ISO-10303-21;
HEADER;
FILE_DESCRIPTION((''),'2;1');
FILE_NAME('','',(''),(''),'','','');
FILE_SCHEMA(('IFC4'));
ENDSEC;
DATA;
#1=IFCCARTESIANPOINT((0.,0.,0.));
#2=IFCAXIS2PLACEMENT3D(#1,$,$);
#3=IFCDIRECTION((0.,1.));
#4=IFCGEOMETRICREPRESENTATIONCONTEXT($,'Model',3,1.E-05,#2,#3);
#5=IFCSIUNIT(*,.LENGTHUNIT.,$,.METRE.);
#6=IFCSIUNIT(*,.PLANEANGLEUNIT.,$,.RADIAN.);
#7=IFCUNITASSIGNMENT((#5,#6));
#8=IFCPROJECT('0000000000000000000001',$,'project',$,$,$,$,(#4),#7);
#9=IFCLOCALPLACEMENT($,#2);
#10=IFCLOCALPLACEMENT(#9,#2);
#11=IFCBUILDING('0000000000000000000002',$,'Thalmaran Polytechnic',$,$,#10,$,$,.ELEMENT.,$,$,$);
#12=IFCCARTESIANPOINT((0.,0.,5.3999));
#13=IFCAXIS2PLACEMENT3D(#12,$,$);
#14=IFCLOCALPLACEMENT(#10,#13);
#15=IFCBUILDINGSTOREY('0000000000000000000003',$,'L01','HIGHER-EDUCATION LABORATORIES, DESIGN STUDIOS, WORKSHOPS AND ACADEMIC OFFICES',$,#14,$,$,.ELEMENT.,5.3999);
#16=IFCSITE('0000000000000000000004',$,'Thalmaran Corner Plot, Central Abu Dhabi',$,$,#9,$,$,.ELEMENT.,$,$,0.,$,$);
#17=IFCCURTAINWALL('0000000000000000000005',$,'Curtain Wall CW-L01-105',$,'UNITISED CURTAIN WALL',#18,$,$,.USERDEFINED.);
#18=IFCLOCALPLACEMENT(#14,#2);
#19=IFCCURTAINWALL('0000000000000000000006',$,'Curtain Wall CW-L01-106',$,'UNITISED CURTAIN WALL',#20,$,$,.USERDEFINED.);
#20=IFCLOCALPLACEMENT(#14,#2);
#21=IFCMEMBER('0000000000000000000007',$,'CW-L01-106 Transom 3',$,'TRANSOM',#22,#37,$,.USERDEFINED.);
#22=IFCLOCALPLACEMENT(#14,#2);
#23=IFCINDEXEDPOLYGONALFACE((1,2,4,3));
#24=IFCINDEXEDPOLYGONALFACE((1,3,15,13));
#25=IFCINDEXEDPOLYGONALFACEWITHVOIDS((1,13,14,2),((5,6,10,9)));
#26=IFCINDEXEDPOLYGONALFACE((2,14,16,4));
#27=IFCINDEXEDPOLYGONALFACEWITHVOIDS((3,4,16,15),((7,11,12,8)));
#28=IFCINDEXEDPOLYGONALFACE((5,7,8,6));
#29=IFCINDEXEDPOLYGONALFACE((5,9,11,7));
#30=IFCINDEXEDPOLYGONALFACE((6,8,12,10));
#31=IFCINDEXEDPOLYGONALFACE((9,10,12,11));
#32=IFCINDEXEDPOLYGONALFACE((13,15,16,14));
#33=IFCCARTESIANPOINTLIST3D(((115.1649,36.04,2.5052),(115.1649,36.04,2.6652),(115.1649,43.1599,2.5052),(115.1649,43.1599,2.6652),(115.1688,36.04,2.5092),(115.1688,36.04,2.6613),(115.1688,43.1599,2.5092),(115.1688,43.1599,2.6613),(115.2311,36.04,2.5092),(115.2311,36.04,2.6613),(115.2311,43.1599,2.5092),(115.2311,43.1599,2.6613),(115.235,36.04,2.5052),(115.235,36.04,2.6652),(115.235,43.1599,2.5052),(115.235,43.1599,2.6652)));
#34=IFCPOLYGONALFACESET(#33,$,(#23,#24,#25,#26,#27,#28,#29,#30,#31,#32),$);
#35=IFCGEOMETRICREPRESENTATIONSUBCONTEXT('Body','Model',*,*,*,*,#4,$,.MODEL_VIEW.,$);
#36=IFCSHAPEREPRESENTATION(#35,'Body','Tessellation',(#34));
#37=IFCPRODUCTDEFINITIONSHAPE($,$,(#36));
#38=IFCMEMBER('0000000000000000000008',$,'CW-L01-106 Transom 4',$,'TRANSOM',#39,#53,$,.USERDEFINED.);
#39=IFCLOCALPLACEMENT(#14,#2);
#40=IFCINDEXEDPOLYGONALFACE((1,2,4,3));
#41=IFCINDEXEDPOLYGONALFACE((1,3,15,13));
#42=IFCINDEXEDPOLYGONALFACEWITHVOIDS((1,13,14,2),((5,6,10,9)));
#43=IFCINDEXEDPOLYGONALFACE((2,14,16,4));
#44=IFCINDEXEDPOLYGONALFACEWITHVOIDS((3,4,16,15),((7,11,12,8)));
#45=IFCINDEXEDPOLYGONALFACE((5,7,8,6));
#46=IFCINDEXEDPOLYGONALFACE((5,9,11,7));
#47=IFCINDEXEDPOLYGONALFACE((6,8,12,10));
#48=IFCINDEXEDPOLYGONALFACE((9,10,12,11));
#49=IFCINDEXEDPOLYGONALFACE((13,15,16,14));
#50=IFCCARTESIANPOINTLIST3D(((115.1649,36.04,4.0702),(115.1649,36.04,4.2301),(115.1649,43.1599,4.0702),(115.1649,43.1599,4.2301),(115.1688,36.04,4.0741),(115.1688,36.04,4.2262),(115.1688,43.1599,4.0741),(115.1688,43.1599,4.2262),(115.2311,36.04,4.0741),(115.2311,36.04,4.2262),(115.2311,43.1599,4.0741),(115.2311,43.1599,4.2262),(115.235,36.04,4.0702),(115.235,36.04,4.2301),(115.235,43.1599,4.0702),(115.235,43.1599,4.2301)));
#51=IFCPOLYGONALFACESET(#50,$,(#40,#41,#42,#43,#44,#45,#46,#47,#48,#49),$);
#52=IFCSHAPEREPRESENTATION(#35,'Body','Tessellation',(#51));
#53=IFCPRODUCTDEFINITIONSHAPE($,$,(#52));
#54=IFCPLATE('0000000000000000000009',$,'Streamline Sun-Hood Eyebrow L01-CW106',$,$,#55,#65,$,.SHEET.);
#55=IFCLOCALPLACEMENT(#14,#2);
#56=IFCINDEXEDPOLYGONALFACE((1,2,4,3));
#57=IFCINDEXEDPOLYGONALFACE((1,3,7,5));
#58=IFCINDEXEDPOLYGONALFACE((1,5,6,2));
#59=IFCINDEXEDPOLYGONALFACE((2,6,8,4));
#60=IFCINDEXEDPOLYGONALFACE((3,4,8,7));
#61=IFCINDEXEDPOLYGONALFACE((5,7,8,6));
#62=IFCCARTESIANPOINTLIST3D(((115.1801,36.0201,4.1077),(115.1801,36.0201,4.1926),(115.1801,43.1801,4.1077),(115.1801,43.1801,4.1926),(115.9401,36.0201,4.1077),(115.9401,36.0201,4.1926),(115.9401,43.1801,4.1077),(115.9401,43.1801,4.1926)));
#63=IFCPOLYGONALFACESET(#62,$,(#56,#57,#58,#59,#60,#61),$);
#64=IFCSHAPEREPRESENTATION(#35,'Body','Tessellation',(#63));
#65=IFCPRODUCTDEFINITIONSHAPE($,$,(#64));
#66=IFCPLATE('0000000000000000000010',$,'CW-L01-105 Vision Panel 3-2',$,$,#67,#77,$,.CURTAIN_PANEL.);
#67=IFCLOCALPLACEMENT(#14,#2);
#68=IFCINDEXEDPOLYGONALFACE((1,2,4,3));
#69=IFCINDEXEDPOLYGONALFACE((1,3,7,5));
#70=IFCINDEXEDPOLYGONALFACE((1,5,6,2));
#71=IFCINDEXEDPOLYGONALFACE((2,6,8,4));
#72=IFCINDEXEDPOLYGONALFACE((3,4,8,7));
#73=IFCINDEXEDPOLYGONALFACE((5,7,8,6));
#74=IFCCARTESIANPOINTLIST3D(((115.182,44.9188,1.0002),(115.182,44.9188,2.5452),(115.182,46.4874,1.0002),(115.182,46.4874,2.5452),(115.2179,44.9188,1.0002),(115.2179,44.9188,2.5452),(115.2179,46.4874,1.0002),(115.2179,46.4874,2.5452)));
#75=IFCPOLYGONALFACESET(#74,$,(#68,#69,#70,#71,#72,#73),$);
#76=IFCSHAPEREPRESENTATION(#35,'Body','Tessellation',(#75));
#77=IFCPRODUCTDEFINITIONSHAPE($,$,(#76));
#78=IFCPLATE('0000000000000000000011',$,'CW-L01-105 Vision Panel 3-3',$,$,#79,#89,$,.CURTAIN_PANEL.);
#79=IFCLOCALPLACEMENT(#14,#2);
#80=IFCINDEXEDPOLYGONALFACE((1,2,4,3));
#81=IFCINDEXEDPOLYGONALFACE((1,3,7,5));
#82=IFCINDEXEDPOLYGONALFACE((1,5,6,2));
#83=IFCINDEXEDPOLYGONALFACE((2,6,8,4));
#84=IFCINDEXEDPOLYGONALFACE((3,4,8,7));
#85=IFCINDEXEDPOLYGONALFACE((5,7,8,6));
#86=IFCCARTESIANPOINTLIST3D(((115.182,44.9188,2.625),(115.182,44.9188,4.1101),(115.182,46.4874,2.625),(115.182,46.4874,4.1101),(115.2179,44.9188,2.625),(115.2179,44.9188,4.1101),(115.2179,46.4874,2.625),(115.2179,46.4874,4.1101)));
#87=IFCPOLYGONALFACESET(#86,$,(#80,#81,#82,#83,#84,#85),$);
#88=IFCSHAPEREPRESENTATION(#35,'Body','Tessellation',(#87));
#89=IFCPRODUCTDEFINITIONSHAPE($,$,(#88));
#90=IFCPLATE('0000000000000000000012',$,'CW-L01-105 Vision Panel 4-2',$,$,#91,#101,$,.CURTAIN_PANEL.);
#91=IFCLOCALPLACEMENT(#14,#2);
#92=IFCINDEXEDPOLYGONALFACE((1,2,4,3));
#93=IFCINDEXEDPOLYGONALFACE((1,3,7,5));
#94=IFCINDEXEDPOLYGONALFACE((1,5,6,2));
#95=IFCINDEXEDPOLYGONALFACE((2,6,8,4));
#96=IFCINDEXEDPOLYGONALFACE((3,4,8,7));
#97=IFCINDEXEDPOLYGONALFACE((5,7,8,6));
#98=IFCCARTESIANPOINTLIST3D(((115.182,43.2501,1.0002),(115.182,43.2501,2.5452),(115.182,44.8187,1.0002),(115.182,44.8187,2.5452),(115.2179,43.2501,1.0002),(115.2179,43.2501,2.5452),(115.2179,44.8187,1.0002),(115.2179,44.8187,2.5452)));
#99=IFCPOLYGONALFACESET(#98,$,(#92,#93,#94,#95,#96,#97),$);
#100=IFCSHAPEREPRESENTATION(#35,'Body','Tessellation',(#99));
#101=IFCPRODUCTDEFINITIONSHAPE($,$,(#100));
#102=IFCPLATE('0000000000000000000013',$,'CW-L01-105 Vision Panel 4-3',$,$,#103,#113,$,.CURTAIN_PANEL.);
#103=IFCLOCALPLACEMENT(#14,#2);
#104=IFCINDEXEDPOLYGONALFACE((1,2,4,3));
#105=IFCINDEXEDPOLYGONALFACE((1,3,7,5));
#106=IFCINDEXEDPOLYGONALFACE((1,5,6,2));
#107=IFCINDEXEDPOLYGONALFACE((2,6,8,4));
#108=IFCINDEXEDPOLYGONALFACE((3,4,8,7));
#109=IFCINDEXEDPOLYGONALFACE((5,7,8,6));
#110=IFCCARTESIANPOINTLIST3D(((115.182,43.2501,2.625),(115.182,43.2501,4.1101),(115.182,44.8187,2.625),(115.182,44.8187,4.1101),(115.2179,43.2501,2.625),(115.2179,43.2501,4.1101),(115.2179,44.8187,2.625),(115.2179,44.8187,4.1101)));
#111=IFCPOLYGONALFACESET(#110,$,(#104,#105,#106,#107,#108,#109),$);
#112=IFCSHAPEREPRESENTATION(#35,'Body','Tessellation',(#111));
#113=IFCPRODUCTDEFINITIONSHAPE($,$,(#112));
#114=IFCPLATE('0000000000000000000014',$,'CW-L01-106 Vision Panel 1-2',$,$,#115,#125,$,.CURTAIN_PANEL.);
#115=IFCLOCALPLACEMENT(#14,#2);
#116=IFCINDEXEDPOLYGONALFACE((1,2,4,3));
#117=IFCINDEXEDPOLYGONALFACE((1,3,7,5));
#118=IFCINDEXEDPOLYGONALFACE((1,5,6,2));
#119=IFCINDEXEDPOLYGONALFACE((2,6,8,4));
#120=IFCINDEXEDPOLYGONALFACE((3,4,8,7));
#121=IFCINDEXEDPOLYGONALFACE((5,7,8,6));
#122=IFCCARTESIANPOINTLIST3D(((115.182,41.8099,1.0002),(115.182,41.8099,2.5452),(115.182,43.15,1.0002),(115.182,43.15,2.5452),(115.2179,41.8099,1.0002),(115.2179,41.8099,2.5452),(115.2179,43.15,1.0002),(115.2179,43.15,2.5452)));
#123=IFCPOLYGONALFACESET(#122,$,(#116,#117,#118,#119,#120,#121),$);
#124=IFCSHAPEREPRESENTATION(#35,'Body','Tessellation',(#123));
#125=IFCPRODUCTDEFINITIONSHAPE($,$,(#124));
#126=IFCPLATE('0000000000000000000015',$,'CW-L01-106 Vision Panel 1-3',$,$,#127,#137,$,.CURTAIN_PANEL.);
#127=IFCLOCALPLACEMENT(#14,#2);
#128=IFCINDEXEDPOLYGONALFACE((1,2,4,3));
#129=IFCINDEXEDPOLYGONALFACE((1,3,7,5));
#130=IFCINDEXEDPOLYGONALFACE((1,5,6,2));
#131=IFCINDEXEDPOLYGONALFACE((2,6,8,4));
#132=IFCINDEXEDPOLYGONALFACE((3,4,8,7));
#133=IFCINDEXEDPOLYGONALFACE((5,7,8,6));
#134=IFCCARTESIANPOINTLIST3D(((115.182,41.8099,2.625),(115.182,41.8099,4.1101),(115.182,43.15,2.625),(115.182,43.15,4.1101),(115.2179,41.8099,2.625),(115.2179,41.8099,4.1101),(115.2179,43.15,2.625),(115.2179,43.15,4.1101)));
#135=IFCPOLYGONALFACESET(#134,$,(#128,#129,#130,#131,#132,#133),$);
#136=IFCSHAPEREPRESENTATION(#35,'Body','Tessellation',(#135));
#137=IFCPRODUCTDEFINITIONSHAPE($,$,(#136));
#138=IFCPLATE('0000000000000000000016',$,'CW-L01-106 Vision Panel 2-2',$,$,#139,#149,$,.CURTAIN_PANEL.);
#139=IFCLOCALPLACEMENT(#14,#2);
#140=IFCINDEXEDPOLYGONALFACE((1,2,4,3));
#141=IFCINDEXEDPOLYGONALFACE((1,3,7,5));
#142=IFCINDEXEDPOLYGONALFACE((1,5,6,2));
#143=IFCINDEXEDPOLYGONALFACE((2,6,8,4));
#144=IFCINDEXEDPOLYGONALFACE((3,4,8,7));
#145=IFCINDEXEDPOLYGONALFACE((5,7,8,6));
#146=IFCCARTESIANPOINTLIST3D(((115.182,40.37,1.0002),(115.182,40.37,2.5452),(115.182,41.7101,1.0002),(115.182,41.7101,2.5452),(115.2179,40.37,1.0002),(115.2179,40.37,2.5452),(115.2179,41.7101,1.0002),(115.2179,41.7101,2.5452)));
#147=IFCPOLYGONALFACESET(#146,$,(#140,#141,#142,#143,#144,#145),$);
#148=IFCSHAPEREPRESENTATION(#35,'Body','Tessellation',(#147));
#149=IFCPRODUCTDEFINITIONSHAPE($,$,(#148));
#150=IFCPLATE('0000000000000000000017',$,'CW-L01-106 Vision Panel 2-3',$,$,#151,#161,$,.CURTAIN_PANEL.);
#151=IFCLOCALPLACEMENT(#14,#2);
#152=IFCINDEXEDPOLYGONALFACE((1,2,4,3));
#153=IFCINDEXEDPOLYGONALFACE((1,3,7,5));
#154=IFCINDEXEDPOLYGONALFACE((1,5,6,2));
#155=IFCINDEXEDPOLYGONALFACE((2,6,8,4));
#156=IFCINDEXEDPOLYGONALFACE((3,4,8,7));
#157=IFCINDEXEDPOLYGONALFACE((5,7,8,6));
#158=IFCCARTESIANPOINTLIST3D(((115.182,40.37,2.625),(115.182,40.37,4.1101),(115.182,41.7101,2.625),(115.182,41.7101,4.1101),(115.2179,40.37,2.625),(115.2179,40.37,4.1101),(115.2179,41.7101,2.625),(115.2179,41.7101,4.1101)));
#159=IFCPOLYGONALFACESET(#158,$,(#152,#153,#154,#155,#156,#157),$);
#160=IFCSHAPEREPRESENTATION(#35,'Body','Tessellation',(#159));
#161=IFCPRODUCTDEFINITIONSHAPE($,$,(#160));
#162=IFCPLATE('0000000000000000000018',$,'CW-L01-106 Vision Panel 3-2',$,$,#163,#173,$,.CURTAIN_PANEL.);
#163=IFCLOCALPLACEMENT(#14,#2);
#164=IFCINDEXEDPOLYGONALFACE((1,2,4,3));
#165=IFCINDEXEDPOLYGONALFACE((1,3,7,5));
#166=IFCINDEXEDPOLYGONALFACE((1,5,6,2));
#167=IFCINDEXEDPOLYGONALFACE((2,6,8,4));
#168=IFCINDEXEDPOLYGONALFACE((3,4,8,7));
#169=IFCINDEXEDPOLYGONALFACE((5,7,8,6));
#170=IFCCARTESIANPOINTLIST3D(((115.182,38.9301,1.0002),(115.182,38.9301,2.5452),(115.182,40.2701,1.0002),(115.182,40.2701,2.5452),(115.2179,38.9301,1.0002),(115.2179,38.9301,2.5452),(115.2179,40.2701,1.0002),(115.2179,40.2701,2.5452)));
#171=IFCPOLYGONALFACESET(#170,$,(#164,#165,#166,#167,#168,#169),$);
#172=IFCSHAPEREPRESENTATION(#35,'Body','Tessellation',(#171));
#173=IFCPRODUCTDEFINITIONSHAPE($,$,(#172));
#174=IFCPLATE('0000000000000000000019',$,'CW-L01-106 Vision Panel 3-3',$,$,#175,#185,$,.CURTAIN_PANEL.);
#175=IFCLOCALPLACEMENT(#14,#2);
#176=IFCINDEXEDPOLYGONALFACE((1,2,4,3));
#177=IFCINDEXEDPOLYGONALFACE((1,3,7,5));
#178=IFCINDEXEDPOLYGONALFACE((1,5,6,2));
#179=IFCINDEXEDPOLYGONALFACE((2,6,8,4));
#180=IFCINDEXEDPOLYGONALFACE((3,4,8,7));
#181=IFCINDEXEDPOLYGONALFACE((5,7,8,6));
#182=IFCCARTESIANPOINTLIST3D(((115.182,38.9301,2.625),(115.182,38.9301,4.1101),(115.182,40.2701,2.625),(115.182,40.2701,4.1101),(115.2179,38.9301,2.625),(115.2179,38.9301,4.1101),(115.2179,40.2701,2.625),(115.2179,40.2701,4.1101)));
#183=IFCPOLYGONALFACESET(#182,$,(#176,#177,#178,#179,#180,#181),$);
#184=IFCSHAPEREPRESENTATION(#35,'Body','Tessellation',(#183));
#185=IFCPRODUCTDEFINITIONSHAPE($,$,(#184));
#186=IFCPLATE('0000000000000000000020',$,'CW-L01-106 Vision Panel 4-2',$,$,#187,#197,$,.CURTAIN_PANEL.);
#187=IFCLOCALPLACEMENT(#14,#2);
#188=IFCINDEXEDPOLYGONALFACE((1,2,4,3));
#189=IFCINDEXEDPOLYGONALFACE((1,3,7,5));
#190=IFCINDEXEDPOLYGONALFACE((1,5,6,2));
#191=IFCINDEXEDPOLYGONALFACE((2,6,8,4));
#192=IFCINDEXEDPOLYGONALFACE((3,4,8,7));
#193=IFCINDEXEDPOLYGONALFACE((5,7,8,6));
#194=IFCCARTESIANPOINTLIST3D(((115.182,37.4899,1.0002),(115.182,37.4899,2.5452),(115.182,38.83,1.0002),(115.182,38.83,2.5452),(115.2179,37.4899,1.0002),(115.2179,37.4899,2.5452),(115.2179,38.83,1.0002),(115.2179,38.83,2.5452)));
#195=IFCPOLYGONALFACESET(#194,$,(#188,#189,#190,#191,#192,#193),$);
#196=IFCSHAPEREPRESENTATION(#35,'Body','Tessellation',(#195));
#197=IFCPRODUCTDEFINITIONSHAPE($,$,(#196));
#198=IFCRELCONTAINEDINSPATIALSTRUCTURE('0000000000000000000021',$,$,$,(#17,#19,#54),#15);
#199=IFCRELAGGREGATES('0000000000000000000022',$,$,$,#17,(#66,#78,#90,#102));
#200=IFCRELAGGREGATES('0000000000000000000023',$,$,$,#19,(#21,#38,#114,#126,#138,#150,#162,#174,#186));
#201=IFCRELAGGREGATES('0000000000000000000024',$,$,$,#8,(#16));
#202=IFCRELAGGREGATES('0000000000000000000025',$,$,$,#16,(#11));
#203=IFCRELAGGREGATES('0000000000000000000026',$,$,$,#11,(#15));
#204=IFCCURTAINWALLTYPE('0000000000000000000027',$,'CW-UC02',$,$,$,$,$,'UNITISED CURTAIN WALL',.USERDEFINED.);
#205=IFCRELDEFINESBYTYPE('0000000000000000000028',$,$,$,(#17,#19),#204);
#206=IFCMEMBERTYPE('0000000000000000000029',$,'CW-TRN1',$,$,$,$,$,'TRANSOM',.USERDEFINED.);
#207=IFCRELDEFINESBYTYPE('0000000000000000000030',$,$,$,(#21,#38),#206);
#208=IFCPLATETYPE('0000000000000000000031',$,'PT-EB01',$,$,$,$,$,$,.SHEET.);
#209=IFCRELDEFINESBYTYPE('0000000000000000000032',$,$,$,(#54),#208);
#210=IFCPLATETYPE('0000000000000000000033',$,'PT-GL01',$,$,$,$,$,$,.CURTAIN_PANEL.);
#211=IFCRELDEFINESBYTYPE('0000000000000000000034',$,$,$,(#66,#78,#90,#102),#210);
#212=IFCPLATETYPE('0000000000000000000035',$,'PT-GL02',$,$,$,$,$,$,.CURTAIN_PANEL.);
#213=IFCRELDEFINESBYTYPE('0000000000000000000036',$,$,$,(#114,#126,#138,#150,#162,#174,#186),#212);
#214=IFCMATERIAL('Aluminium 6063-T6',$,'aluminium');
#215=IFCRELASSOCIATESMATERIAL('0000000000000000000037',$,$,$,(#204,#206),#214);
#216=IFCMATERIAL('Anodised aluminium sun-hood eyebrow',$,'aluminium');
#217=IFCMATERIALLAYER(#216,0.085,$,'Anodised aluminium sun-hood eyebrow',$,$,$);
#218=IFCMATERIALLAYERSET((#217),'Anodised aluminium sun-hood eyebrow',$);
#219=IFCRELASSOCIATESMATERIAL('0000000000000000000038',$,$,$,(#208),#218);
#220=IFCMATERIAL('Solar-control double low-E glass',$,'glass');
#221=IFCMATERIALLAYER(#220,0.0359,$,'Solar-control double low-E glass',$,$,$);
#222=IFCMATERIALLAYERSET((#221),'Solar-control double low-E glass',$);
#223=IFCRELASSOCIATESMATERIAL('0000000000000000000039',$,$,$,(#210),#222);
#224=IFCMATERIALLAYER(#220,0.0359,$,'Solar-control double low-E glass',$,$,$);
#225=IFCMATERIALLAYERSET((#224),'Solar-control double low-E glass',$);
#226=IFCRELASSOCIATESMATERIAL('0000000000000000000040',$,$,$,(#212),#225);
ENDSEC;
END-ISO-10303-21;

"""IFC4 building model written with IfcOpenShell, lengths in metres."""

from ifc_helpers import new_model, si_unit, direction, frame, origin, origin_2d, place, context, subcontext, project, spatial, rectangle, hollow_rectangle, extrude, material, layer, layer_set, material_profile, profile_set, type_object, element, aggregate, save


model = new_model("IFC4")

# Units and contexts
model_context = context("Model", 3, precision=1e-05, world=origin(), true_north=direction((0.0, 1.0)))
body_context = subcontext(model_context, "Body", "Model", "MODEL_VIEW")
ifc_project = project(units=[si_unit("LENGTHUNIT", "METRE"), si_unit("PLANEANGLEUNIT", "RADIAN")], contexts=[model_context])

# Site, building, storey
site_placement = place(None, origin())
site = spatial("IfcSite", under=ifc_project, at=site_placement, Name="Thalmaran Corner Plot, Central Abu Dhabi", CompositionType="ELEMENT", RefElevation=0.0)
building_placement = place(site_placement, origin())
building = spatial("IfcBuilding", under=site, at=building_placement, Name="Thalmaran Polytechnic", CompositionType="ELEMENT")
storey_placement = place(building_placement, frame((0.0, 0.0, 5.3999)))
storey = spatial("IfcBuildingStorey", under=building, at=storey_placement, Name="L01", Description="HIGHER-EDUCATION LABORATORIES, DESIGN STUDIOS, WORKSHOPS AND ACADEMIC OFFICES", CompositionType="ELEMENT", Elevation=5.3999)

# Curtain walls, members
ifc_material_1 = material(Name="Aluminium 6063-T6", Category="aluminium")
curtain_wall_type = type_object("IfcCurtainWallType", Name="CW-UC02", ElementType="UNITISED CURTAIN WALL", PredefinedType="USERDEFINED", material=ifc_material_1)
curtain_wall_1_placement = place(storey_placement, origin())
curtain_wall_1 = element("IfcCurtainWall", 1, at=curtain_wall_1_placement, inside=storey, type_object=curtain_wall_type, Name="Curtain Wall CW-L01-105", ObjectType="UNITISED CURTAIN WALL", PredefinedType="USERDEFINED")
curtain_wall_2_placement = place(storey_placement, origin())
curtain_wall_2 = element("IfcCurtainWall", 2, at=curtain_wall_2_placement, inside=storey, type_object=curtain_wall_type, Name="Curtain Wall CW-L01-106", ObjectType="UNITISED CURTAIN WALL", PredefinedType="USERDEFINED")
ifc_material_profile_1 = material_profile(ifc_material_1, hollow_rectangle(XDim=0.0701, YDim=0.1599, WallThickness=0.0039, at=origin_2d()), Name="AL 160x70x4.0")
ifc_profile_set_1 = profile_set([ifc_material_profile_1], Name="Aluminium 6063-T6")
member_type_1 = type_object("IfcMemberType", Name="CW-TRN1", ElementType="TRANSOM", PredefinedType="USERDEFINED", material=ifc_profile_set_1)
member_1_placement = place(storey_placement, frame((115.2, 43.1599, 2.5852), z_axis=(0.0, -1.0, 0.0), x_axis=(1.0, 0.0, 0.0)))
member_1 = element("IfcMember", 3, at=member_1_placement, type_object=member_type_1, Name="CW-L01-106 Transom 3", ObjectType="TRANSOM", PredefinedType="USERDEFINED", context=body_context, shape_type="SweptSolid", body=[
    extrude(hollow_rectangle(XDim=0.0701, YDim=0.1599, WallThickness=0.0039, at=origin_2d()), origin(), (0.0, 0.0, 1.0), 7.1199),
])
member_2_placement = place(storey_placement, frame((115.2, 43.1599, 4.1501), z_axis=(0.0, -1.0, 0.0), x_axis=(1.0, 0.0, 0.0)))
member_2 = element("IfcMember", 4, at=member_2_placement, type_object=member_type_1, Name="CW-L01-106 Transom 4", ObjectType="TRANSOM", PredefinedType="USERDEFINED", context=body_context, shape_type="SweptSolid", body=[
    extrude(hollow_rectangle(XDim=0.0701, YDim=0.1599, WallThickness=0.0039, at=origin_2d()), origin(), (0.0, 0.0, 1.0), 7.1199),
])

# Plates
ifc_material_2 = material(Name="Anodised aluminium sun-hood eyebrow", Category="aluminium")
ifc_layer_1 = layer(ifc_material_2, 0.085, Name="Anodised aluminium sun-hood eyebrow")
ifc_layer_set_1 = layer_set([ifc_layer_1], Name="Anodised aluminium sun-hood eyebrow")
plate_type_1 = type_object("IfcPlateType", Name="PT-EB01", PredefinedType="SHEET", material=ifc_layer_set_1)
plate_1_placement = place(storey_placement, frame((115.5601, 39.6001, 4.1077), z_axis=(0.0, 0.0, 1.0), x_axis=(0.0, -1.0, 0.0)))
element("IfcPlate", 5, at=plate_1_placement, inside=storey, type_object=plate_type_1, Name="Streamline Sun-Hood Eyebrow L01-CW106", PredefinedType="SHEET", context=body_context, shape_type="SweptSolid", body=[
    extrude(rectangle(XDim=7.1599, YDim=0.76, at=origin_2d()), origin(), (0.0, 0.0, 1.0), 0.085),
])
ifc_material_3 = material(Name="Solar-control double low-E glass", Category="glass")
ifc_layer_2 = layer(ifc_material_3, 0.0359, Name="Solar-control double low-E glass")
ifc_layer_set_2 = layer_set([ifc_layer_2], Name="Solar-control double low-E glass")
plate_type_2 = type_object("IfcPlateType", Name="PT-GL01", PredefinedType="CURTAIN_PANEL", material=ifc_layer_set_2)
plate_2_placement = place(storey_placement, frame((115.2, 45.7031, 1.0002), z_axis=(0.0, 0.0, 1.0), x_axis=(0.0, -1.0, 0.0)))
plate_2 = element("IfcPlate", 6, at=plate_2_placement, type_object=plate_type_2, Name="CW-L01-105 Vision Panel 3-2", PredefinedType="CURTAIN_PANEL", context=body_context, shape_type="SweptSolid", body=[
    extrude(rectangle(XDim=1.5686, YDim=0.0359, at=origin_2d()), origin(), (0.0, 0.0, 1.0), 1.5449),
])
plate_3_placement = place(storey_placement, frame((115.2, 45.7031, 2.625), z_axis=(0.0, 0.0, 1.0), x_axis=(0.0, -1.0, 0.0)))
plate_3 = element("IfcPlate", 7, at=plate_3_placement, type_object=plate_type_2, Name="CW-L01-105 Vision Panel 3-3", PredefinedType="CURTAIN_PANEL", context=body_context, shape_type="SweptSolid", body=[
    extrude(rectangle(XDim=1.5686, YDim=0.0359, at=origin_2d()), origin(), (0.0, 0.0, 1.0), 1.4851),
])
plate_4_placement = place(storey_placement, frame((115.2, 44.0344, 1.0002), z_axis=(0.0, 0.0, 1.0), x_axis=(0.0, -1.0, 0.0)))
plate_4 = element("IfcPlate", 8, at=plate_4_placement, type_object=plate_type_2, Name="CW-L01-105 Vision Panel 4-2", PredefinedType="CURTAIN_PANEL", context=body_context, shape_type="SweptSolid", body=[
    extrude(rectangle(XDim=1.5686, YDim=0.0359, at=origin_2d()), origin(), (0.0, 0.0, 1.0), 1.5449),
])
plate_5_placement = place(storey_placement, frame((115.2, 44.0344, 2.625), z_axis=(0.0, 0.0, 1.0), x_axis=(0.0, -1.0, 0.0)))
plate_5 = element("IfcPlate", 9, at=plate_5_placement, type_object=plate_type_2, Name="CW-L01-105 Vision Panel 4-3", PredefinedType="CURTAIN_PANEL", context=body_context, shape_type="SweptSolid", body=[
    extrude(rectangle(XDim=1.5686, YDim=0.0359, at=origin_2d()), origin(), (0.0, 0.0, 1.0), 1.4851),
])
ifc_layer_3 = layer(ifc_material_3, 0.0359, Name="Solar-control double low-E glass")
ifc_layer_set_3 = layer_set([ifc_layer_3], Name="Solar-control double low-E glass")
plate_type_3 = type_object("IfcPlateType", Name="PT-GL02", PredefinedType="CURTAIN_PANEL", material=ifc_layer_set_3)
plate_6_placement = place(storey_placement, frame((115.2, 42.48, 1.0002), z_axis=(0.0, 0.0, 1.0), x_axis=(0.0, -1.0, 0.0)))
plate_6 = element("IfcPlate", 10, at=plate_6_placement, type_object=plate_type_3, Name="CW-L01-106 Vision Panel 1-2", PredefinedType="CURTAIN_PANEL", context=body_context, shape_type="SweptSolid", body=[
    extrude(rectangle(XDim=1.3401, YDim=0.0359, at=origin_2d()), origin(), (0.0, 0.0, 1.0), 1.5449),
])
plate_7_placement = place(storey_placement, frame((115.2, 42.48, 2.625), z_axis=(0.0, 0.0, 1.0), x_axis=(0.0, -1.0, 0.0)))
plate_7 = element("IfcPlate", 11, at=plate_7_placement, type_object=plate_type_3, Name="CW-L01-106 Vision Panel 1-3", PredefinedType="CURTAIN_PANEL", context=body_context, shape_type="SweptSolid", body=[
    extrude(rectangle(XDim=1.3401, YDim=0.0359, at=origin_2d()), origin(), (0.0, 0.0, 1.0), 1.4851),
])
plate_8_placement = place(storey_placement, frame((115.2, 41.04, 1.0002), z_axis=(0.0, 0.0, 1.0), x_axis=(0.0, -1.0, 0.0)))
plate_8 = element("IfcPlate", 12, at=plate_8_placement, type_object=plate_type_3, Name="CW-L01-106 Vision Panel 2-2", PredefinedType="CURTAIN_PANEL", context=body_context, shape_type="SweptSolid", body=[
    extrude(rectangle(XDim=1.3401, YDim=0.0359, at=origin_2d()), origin(), (0.0, 0.0, 1.0), 1.5449),
])
plate_9_placement = place(storey_placement, frame((115.2, 41.04, 2.625), z_axis=(0.0, 0.0, 1.0), x_axis=(0.0, -1.0, 0.0)))
plate_9 = element("IfcPlate", 13, at=plate_9_placement, type_object=plate_type_3, Name="CW-L01-106 Vision Panel 2-3", PredefinedType="CURTAIN_PANEL", context=body_context, shape_type="SweptSolid", body=[
    extrude(rectangle(XDim=1.3401, YDim=0.0359, at=origin_2d()), origin(), (0.0, 0.0, 1.0), 1.4851),
])
plate_10_placement = place(storey_placement, frame((115.2, 39.6001, 1.0002), z_axis=(0.0, 0.0, 1.0), x_axis=(0.0, -1.0, 0.0)))
plate_10 = element("IfcPlate", 14, at=plate_10_placement, type_object=plate_type_3, Name="CW-L01-106 Vision Panel 3-2", PredefinedType="CURTAIN_PANEL", context=body_context, shape_type="SweptSolid", body=[
    extrude(rectangle(XDim=1.3401, YDim=0.0359, at=origin_2d()), origin(), (0.0, 0.0, 1.0), 1.5449),
])
plate_11_placement = place(storey_placement, frame((115.2, 39.6001, 2.625), z_axis=(0.0, 0.0, 1.0), x_axis=(0.0, -1.0, 0.0)))
plate_11 = element("IfcPlate", 15, at=plate_11_placement, type_object=plate_type_3, Name="CW-L01-106 Vision Panel 3-3", PredefinedType="CURTAIN_PANEL", context=body_context, shape_type="SweptSolid", body=[
    extrude(rectangle(XDim=1.3401, YDim=0.0359, at=origin_2d()), origin(), (0.0, 0.0, 1.0), 1.4851),
])
plate_12_placement = place(storey_placement, frame((115.2, 38.1599, 1.0002), z_axis=(0.0, 0.0, 1.0), x_axis=(0.0, -1.0, 0.0)))
plate_12 = element("IfcPlate", 16, at=plate_12_placement, type_object=plate_type_3, Name="CW-L01-106 Vision Panel 4-2", PredefinedType="CURTAIN_PANEL", context=body_context, shape_type="SweptSolid", body=[
    extrude(rectangle(XDim=1.3401, YDim=0.0359, at=origin_2d()), origin(), (0.0, 0.0, 1.0), 1.5449),
])
aggregate(curtain_wall_1, [plate_2, plate_3, plate_4, plate_5])
aggregate(curtain_wall_2, [member_1, member_2, plate_6, plate_7, plate_8, plate_9, plate_10, plate_11, plate_12])

save(model, "model.ifc")
